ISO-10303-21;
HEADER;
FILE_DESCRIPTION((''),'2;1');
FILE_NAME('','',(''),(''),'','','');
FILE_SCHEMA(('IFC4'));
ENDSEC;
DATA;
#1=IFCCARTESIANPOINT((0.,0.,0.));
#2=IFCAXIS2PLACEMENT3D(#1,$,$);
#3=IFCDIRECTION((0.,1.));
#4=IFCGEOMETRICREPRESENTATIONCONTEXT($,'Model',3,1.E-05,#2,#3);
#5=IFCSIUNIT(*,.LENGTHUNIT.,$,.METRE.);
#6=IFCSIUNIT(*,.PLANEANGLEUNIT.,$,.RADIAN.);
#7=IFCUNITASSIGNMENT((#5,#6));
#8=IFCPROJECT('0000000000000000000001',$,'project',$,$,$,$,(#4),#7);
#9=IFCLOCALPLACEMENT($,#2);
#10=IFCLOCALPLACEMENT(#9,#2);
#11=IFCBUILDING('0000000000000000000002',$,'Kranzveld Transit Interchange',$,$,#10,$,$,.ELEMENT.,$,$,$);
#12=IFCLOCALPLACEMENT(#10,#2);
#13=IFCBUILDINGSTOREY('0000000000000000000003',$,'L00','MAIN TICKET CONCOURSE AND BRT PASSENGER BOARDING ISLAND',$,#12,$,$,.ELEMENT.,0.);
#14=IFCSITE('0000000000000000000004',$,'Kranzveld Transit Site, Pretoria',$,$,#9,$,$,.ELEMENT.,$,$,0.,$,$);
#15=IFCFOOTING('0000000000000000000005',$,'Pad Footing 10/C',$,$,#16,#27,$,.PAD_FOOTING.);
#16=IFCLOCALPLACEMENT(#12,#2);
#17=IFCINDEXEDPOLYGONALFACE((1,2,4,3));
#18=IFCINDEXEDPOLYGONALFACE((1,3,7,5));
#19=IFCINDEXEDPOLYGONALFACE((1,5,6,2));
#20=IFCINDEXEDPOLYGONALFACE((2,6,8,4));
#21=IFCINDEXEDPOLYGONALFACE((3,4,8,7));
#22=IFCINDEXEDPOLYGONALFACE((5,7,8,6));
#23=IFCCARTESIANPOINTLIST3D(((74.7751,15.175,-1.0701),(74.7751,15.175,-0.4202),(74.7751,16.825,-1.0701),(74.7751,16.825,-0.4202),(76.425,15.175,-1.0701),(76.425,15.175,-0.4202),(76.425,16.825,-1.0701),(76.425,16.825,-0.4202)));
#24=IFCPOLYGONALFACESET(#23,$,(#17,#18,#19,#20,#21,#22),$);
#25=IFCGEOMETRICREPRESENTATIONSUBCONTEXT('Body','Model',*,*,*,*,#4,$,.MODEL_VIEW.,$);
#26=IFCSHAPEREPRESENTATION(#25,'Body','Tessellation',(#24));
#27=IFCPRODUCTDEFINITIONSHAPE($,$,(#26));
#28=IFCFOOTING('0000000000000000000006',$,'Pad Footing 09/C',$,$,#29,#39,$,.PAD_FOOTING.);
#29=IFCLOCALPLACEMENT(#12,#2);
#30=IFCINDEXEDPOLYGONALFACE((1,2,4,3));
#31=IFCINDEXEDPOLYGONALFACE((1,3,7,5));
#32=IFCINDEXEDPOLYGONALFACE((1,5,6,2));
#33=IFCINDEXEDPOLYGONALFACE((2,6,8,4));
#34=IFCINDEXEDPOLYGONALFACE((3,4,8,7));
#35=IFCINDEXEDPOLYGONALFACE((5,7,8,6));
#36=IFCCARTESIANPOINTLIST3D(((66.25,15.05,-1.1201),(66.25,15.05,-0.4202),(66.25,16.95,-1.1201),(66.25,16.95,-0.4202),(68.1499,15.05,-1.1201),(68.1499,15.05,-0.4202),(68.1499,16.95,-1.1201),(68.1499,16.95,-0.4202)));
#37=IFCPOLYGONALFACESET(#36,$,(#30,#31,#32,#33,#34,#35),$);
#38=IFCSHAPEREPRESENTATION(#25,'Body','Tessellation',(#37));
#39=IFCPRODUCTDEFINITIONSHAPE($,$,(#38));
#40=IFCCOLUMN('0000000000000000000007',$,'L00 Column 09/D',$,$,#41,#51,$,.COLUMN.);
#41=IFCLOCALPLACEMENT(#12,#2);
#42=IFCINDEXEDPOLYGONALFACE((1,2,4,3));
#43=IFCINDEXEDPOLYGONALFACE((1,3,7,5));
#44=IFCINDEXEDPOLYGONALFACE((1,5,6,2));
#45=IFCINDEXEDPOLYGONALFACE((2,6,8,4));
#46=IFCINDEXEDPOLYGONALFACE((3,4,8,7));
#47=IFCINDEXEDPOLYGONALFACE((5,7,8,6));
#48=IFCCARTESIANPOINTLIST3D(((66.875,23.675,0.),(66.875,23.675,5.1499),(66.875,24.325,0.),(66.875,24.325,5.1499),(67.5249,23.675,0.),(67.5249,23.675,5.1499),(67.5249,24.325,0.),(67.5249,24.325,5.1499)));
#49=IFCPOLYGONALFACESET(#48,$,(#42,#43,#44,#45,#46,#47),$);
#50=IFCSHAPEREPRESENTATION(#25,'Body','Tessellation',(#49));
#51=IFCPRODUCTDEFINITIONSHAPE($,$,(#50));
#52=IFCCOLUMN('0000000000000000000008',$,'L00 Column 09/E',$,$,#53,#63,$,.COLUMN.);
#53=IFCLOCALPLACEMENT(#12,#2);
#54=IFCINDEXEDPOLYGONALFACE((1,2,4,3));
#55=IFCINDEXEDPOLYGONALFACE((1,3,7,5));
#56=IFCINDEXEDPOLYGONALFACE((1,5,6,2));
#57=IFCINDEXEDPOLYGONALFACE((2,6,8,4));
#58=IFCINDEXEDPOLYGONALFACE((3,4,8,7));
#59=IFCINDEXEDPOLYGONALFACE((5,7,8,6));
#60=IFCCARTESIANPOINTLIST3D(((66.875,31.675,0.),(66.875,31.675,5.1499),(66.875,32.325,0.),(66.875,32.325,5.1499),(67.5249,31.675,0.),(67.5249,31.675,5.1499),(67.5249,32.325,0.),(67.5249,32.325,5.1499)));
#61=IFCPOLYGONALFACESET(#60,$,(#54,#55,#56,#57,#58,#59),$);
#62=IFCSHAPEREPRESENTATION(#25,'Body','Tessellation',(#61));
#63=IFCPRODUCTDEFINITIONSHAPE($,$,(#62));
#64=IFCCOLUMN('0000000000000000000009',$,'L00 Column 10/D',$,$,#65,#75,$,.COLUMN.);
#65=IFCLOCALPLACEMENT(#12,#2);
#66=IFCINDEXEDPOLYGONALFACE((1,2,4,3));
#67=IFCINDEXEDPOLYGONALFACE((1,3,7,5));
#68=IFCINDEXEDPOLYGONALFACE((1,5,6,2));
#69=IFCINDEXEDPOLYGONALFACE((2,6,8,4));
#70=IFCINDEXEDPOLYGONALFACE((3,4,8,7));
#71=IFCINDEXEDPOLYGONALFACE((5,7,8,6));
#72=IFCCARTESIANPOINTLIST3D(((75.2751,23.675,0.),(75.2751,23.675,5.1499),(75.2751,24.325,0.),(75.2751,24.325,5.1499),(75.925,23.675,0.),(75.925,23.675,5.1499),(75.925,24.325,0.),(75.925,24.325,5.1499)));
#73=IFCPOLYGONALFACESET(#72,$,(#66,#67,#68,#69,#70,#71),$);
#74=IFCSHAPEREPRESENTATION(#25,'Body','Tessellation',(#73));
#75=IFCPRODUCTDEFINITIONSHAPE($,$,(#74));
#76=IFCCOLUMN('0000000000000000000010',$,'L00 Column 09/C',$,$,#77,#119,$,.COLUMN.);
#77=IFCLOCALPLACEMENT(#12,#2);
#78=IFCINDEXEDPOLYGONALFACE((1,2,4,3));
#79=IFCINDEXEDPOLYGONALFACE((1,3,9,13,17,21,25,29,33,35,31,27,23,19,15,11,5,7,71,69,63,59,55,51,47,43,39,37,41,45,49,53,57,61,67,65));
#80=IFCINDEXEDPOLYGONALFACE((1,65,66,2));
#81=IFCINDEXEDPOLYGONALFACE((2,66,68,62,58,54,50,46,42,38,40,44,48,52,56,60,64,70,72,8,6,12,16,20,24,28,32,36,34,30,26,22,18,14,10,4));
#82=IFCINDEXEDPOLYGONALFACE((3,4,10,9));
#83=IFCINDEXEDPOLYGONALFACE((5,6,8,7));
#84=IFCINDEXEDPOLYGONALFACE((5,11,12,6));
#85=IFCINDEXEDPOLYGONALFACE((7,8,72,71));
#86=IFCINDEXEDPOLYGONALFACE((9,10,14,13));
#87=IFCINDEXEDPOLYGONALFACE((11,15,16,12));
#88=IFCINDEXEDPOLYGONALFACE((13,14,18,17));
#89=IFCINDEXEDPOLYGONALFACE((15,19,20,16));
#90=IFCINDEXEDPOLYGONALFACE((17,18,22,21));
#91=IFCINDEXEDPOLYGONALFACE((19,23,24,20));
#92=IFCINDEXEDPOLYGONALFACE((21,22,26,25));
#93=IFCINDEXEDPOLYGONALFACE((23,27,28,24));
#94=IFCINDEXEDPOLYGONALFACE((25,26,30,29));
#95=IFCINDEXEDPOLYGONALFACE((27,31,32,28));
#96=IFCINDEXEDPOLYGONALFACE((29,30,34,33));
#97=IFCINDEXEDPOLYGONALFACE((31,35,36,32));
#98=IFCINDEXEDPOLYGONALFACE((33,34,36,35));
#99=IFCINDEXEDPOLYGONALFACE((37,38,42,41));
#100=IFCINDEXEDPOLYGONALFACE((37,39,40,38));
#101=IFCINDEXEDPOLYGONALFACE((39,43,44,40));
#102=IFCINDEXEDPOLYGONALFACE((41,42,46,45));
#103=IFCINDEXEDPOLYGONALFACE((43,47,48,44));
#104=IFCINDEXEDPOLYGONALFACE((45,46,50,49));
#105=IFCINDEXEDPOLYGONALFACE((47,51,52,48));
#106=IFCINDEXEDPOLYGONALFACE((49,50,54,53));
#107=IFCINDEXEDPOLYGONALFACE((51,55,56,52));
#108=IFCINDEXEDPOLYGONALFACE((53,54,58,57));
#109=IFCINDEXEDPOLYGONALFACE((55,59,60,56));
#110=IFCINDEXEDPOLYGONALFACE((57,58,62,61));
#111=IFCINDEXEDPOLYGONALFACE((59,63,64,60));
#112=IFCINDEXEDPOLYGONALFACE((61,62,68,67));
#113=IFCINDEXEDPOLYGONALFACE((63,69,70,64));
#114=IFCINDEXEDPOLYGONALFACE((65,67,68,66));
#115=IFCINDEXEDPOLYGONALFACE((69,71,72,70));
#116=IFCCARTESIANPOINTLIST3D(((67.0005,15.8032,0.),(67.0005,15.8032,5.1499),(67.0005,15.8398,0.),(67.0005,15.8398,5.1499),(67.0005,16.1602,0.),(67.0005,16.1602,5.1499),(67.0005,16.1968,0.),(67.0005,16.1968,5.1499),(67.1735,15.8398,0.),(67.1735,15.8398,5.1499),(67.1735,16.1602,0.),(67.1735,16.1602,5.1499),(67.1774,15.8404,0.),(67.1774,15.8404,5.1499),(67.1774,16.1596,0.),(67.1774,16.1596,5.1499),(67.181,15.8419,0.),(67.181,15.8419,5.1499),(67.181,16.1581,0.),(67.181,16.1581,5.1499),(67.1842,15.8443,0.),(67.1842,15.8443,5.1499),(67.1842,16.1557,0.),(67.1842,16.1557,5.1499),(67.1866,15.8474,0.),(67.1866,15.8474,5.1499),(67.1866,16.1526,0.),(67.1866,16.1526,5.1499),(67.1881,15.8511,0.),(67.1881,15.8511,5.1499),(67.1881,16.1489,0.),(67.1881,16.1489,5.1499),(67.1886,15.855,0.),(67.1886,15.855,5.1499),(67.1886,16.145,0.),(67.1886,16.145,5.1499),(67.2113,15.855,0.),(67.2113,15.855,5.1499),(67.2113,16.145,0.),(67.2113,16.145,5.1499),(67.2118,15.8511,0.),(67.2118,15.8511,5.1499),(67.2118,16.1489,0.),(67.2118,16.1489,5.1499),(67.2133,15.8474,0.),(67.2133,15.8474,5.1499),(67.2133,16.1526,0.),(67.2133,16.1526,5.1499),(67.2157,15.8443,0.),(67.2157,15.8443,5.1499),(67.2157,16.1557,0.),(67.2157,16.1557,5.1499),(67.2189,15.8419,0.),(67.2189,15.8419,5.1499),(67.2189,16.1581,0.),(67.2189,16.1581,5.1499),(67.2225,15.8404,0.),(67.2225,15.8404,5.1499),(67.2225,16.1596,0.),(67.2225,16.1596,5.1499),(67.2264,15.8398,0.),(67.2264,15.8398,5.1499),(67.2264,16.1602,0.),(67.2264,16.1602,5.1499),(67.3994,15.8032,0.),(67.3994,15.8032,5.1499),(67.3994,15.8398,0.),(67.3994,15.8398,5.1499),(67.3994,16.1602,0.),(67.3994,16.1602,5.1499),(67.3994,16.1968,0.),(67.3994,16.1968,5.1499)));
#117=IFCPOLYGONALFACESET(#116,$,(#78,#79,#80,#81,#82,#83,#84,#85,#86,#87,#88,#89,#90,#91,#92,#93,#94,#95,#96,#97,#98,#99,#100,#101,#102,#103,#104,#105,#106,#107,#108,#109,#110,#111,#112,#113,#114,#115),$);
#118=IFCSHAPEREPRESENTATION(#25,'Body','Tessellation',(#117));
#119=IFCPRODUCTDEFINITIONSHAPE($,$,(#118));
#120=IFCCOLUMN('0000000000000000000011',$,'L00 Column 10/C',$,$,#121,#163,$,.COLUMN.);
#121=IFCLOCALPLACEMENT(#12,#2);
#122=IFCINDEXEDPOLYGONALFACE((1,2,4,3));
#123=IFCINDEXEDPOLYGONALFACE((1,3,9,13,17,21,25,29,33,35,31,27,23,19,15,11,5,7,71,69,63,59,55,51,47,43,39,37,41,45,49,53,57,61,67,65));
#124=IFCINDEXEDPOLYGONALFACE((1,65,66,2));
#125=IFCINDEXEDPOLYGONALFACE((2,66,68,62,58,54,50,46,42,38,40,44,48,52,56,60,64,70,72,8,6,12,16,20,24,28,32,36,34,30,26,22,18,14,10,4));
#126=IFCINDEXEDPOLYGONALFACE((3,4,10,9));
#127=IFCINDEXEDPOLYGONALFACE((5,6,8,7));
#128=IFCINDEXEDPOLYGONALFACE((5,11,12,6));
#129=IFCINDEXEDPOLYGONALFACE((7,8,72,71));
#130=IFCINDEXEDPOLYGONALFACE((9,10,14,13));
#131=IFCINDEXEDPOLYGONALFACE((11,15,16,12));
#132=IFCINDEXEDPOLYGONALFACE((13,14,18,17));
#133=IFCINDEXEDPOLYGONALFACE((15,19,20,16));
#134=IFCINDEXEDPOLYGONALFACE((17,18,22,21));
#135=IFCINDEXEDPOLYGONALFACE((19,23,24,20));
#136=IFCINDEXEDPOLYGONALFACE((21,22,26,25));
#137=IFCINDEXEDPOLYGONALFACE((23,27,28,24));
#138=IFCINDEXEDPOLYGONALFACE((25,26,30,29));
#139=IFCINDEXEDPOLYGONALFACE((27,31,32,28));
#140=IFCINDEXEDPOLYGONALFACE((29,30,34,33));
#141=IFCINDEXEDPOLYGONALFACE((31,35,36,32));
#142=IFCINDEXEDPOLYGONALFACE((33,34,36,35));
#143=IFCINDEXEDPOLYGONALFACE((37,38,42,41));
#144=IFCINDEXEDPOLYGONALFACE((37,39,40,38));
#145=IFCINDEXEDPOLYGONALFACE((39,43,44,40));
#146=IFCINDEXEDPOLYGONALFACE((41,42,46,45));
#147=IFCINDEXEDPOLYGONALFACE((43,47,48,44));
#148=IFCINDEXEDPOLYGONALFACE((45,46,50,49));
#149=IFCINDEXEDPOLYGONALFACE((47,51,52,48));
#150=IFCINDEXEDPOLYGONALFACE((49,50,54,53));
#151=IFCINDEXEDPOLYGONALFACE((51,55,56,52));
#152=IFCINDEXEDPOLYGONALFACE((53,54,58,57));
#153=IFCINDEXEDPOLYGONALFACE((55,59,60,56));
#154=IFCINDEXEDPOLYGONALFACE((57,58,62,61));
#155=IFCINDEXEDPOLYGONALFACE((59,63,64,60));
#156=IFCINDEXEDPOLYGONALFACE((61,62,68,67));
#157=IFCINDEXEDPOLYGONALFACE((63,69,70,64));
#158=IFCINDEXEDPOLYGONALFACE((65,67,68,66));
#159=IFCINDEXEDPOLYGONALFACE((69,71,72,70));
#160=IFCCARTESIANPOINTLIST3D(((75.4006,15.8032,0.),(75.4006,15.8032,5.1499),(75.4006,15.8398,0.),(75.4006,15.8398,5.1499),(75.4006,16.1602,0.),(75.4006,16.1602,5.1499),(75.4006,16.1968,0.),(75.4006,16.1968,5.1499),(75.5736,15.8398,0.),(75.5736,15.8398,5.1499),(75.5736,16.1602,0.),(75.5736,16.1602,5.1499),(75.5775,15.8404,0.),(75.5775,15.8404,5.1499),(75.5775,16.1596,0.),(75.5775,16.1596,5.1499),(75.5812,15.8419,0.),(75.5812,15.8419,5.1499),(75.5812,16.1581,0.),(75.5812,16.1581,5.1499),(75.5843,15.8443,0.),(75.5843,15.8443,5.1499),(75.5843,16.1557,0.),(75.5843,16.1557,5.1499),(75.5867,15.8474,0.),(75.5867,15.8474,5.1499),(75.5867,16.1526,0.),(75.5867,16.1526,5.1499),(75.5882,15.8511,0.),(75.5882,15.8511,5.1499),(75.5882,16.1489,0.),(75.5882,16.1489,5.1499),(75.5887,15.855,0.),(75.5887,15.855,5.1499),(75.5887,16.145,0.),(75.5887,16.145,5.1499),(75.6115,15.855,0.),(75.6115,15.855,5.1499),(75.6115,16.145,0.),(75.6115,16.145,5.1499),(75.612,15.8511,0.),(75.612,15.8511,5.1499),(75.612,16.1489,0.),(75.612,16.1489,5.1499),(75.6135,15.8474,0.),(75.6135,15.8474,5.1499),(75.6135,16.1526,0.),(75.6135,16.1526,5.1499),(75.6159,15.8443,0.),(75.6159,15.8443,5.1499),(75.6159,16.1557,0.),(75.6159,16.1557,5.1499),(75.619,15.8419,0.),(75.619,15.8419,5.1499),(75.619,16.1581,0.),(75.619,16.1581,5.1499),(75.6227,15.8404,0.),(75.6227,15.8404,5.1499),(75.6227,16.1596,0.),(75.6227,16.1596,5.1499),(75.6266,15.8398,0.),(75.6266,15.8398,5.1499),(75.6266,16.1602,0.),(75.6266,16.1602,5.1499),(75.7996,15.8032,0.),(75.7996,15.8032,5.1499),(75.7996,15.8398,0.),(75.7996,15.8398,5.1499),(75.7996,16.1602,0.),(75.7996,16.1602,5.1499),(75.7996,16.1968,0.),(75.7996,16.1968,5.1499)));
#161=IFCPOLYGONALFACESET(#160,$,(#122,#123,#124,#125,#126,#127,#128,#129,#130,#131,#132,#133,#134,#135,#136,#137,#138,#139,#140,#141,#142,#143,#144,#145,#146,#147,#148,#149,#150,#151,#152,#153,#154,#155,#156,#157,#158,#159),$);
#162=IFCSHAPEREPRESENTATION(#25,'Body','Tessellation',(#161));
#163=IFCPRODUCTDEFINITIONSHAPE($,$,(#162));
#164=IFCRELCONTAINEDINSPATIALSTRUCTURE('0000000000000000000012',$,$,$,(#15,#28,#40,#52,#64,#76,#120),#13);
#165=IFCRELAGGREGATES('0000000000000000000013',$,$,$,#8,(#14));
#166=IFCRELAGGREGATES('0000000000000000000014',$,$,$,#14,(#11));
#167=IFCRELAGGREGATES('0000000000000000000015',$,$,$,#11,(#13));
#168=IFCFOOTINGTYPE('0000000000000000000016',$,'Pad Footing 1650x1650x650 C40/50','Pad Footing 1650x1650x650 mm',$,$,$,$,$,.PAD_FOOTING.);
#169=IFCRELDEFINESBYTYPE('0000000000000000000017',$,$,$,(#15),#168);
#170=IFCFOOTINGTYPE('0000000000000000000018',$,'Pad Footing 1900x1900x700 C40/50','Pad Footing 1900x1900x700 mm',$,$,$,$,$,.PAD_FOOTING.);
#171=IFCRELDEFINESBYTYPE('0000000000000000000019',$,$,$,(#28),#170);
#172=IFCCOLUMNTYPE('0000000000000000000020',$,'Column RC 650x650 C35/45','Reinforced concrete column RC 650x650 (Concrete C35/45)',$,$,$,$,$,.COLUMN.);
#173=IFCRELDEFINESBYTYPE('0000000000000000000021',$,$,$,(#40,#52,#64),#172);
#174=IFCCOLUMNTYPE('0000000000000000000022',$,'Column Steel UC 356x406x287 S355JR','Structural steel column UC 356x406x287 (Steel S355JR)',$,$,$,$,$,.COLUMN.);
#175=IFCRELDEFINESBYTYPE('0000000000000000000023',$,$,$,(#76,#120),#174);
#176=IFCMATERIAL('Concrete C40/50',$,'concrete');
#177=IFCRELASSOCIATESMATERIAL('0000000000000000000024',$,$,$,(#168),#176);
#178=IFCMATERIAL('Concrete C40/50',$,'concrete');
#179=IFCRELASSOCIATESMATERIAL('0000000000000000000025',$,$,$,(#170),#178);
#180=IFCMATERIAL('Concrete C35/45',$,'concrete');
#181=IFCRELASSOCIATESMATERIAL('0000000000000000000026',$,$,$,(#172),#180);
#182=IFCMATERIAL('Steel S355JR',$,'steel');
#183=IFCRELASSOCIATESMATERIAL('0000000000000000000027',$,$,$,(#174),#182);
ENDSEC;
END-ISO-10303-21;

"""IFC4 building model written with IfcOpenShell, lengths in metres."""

from ifc_helpers import new_model, si_unit, direction, frame, origin, origin_2d, place, context, subcontext, project, spatial, rectangle, i_section, extrude, material, material_profile, profile_set, type_object, element, save


model = new_model("IFC4")

# Units and contexts
model_context = context("Model", 3, precision=1e-05, world=origin(), true_north=direction((0.0, 1.0)))
body_context = subcontext(model_context, "Body", "Model", "MODEL_VIEW")
ifc_project = project(units=[si_unit("LENGTHUNIT", "METRE"), si_unit("PLANEANGLEUNIT", "RADIAN")], contexts=[model_context])

# Site, building, storey
site_placement = place(None, origin())
site = spatial("IfcSite", under=ifc_project, at=site_placement, Name="Kranzveld Transit Site, Pretoria", CompositionType="ELEMENT", RefElevation=0.0)
building_placement = place(site_placement, origin())
building = spatial("IfcBuilding", under=site, at=building_placement, Name="Kranzveld Transit Interchange", CompositionType="ELEMENT")
storey_placement = place(building_placement, origin())
storey = spatial("IfcBuildingStorey", under=building, at=storey_placement, Name="L00", Description="MAIN TICKET CONCOURSE AND BRT PASSENGER BOARDING ISLAND", CompositionType="ELEMENT", Elevation=0.0)

# Footings
ifc_material_1 = material(Name="Concrete C40/50", Category="concrete")
footing_type_1 = type_object("IfcFootingType", Name="Pad Footing 1650x1650x650 C40/50", Description="Pad Footing 1650x1650x650 mm", PredefinedType="PAD_FOOTING", material=ifc_material_1)
footing_1_placement = place(storey_placement, frame((75.6001, 16.0, -1.0701), z_axis=(0.0, 0.0, 1.0), x_axis=(1.0, 0.0, 0.0)))
element("IfcFooting", 1, at=footing_1_placement, inside=storey, type_object=footing_type_1, Name="Pad Footing 10/C", PredefinedType="PAD_FOOTING", context=body_context, shape_type="SweptSolid", body=[
    extrude(rectangle(XDim=1.6499, YDim=1.6499, at=origin_2d()), origin(), (0.0, 0.0, 1.0), 0.6499),
])
ifc_material_2 = material(Name="Concrete C40/50", Category="concrete")
footing_type_2 = type_object("IfcFootingType", Name="Pad Footing 1900x1900x700 C40/50", Description="Pad Footing 1900x1900x700 mm", PredefinedType="PAD_FOOTING", material=ifc_material_2)
footing_2_placement = place(storey_placement, frame((67.2, 16.0, -1.1201), z_axis=(0.0, 0.0, 1.0), x_axis=(1.0, 0.0, 0.0)))
element("IfcFooting", 2, at=footing_2_placement, inside=storey, type_object=footing_type_2, Name="Pad Footing 09/C", PredefinedType="PAD_FOOTING", context=body_context, shape_type="SweptSolid", body=[
    extrude(rectangle(XDim=1.8999, YDim=1.8999, at=origin_2d()), origin(), (0.0, 0.0, 1.0), 0.7),
])

# Columns
ifc_material_3 = material(Name="Concrete C35/45", Category="concrete")
ifc_material_profile_1 = material_profile(ifc_material_3, rectangle(XDim=0.6499, YDim=0.6499, at=origin_2d()), Name="RC 650x650")
ifc_profile_set_1 = profile_set([ifc_material_profile_1], Name="Concrete C35/45")
column_type_1 = type_object("IfcColumnType", Name="Column RC 650x650 C35/45", Description="Reinforced concrete column RC 650x650 (Concrete C35/45)", PredefinedType="COLUMN", material=ifc_profile_set_1)
for number, where, z_axis, x_axis, name in (
    (3, (67.2, 24.0, 0.0), (0.0, 0.0, 1.0), (1.0, 0.0, 0.0), "L00 Column 09/D"),
    (4, (67.2, 32.0, 0.0), (0.0, 0.0, 1.0), (1.0, 0.0, 0.0), "L00 Column 09/E"),
    (5, (75.6001, 24.0, 0.0), (0.0, 0.0, 1.0), (1.0, 0.0, 0.0), "L00 Column 10/D"),
):
    element("IfcColumn", number, at=place(storey_placement, frame(where, z_axis=z_axis, x_axis=x_axis)), inside=storey, type_object=column_type_1, Name=name, PredefinedType="COLUMN", context=body_context, shape_type="SweptSolid", body=[
        extrude(rectangle(XDim=0.6499, YDim=0.6499, at=origin_2d()), origin(), (0.0, 0.0, 1.0), 5.1499),
    ])
ifc_material_4 = material(Name="Steel S355JR", Category="steel")
ifc_material_profile_2 = material_profile(ifc_material_4, i_section(OverallWidth=0.3989, OverallDepth=0.3936, WebThickness=0.0227, FlangeThickness=0.0366, FilletRadius=0.0151, at=origin_2d()), Name="UC 356x406x287")
ifc_profile_set_2 = profile_set([ifc_material_profile_2], Name="Steel S355JR")
column_type_2 = type_object("IfcColumnType", Name="Column Steel UC 356x406x287 S355JR", Description="Structural steel column UC 356x406x287 (Steel S355JR)", PredefinedType="COLUMN", material=ifc_profile_set_2)
for number, where, z_axis, x_axis, name in (
    (6, (67.2, 16.0, 0.0), (0.0, 0.0, 1.0), (1.0, 0.0, 0.0), "L00 Column 09/C"),
    (7, (75.6001, 16.0, 0.0), (0.0, 0.0, 1.0), (1.0, 0.0, 0.0), "L00 Column 10/C"),
):
    element("IfcColumn", number, at=place(storey_placement, frame(where, z_axis=z_axis, x_axis=x_axis)), inside=storey, type_object=column_type_2, Name=name, PredefinedType="COLUMN", context=body_context, shape_type="SweptSolid", body=[
        extrude(i_section(OverallWidth=0.3989, OverallDepth=0.3936, WebThickness=0.0227, FlangeThickness=0.0366, FilletRadius=0.0151, at=origin_2d()), origin(), (0.0, 0.0, 1.0), 5.1499),
    ])

save(model, "model.ifc")
